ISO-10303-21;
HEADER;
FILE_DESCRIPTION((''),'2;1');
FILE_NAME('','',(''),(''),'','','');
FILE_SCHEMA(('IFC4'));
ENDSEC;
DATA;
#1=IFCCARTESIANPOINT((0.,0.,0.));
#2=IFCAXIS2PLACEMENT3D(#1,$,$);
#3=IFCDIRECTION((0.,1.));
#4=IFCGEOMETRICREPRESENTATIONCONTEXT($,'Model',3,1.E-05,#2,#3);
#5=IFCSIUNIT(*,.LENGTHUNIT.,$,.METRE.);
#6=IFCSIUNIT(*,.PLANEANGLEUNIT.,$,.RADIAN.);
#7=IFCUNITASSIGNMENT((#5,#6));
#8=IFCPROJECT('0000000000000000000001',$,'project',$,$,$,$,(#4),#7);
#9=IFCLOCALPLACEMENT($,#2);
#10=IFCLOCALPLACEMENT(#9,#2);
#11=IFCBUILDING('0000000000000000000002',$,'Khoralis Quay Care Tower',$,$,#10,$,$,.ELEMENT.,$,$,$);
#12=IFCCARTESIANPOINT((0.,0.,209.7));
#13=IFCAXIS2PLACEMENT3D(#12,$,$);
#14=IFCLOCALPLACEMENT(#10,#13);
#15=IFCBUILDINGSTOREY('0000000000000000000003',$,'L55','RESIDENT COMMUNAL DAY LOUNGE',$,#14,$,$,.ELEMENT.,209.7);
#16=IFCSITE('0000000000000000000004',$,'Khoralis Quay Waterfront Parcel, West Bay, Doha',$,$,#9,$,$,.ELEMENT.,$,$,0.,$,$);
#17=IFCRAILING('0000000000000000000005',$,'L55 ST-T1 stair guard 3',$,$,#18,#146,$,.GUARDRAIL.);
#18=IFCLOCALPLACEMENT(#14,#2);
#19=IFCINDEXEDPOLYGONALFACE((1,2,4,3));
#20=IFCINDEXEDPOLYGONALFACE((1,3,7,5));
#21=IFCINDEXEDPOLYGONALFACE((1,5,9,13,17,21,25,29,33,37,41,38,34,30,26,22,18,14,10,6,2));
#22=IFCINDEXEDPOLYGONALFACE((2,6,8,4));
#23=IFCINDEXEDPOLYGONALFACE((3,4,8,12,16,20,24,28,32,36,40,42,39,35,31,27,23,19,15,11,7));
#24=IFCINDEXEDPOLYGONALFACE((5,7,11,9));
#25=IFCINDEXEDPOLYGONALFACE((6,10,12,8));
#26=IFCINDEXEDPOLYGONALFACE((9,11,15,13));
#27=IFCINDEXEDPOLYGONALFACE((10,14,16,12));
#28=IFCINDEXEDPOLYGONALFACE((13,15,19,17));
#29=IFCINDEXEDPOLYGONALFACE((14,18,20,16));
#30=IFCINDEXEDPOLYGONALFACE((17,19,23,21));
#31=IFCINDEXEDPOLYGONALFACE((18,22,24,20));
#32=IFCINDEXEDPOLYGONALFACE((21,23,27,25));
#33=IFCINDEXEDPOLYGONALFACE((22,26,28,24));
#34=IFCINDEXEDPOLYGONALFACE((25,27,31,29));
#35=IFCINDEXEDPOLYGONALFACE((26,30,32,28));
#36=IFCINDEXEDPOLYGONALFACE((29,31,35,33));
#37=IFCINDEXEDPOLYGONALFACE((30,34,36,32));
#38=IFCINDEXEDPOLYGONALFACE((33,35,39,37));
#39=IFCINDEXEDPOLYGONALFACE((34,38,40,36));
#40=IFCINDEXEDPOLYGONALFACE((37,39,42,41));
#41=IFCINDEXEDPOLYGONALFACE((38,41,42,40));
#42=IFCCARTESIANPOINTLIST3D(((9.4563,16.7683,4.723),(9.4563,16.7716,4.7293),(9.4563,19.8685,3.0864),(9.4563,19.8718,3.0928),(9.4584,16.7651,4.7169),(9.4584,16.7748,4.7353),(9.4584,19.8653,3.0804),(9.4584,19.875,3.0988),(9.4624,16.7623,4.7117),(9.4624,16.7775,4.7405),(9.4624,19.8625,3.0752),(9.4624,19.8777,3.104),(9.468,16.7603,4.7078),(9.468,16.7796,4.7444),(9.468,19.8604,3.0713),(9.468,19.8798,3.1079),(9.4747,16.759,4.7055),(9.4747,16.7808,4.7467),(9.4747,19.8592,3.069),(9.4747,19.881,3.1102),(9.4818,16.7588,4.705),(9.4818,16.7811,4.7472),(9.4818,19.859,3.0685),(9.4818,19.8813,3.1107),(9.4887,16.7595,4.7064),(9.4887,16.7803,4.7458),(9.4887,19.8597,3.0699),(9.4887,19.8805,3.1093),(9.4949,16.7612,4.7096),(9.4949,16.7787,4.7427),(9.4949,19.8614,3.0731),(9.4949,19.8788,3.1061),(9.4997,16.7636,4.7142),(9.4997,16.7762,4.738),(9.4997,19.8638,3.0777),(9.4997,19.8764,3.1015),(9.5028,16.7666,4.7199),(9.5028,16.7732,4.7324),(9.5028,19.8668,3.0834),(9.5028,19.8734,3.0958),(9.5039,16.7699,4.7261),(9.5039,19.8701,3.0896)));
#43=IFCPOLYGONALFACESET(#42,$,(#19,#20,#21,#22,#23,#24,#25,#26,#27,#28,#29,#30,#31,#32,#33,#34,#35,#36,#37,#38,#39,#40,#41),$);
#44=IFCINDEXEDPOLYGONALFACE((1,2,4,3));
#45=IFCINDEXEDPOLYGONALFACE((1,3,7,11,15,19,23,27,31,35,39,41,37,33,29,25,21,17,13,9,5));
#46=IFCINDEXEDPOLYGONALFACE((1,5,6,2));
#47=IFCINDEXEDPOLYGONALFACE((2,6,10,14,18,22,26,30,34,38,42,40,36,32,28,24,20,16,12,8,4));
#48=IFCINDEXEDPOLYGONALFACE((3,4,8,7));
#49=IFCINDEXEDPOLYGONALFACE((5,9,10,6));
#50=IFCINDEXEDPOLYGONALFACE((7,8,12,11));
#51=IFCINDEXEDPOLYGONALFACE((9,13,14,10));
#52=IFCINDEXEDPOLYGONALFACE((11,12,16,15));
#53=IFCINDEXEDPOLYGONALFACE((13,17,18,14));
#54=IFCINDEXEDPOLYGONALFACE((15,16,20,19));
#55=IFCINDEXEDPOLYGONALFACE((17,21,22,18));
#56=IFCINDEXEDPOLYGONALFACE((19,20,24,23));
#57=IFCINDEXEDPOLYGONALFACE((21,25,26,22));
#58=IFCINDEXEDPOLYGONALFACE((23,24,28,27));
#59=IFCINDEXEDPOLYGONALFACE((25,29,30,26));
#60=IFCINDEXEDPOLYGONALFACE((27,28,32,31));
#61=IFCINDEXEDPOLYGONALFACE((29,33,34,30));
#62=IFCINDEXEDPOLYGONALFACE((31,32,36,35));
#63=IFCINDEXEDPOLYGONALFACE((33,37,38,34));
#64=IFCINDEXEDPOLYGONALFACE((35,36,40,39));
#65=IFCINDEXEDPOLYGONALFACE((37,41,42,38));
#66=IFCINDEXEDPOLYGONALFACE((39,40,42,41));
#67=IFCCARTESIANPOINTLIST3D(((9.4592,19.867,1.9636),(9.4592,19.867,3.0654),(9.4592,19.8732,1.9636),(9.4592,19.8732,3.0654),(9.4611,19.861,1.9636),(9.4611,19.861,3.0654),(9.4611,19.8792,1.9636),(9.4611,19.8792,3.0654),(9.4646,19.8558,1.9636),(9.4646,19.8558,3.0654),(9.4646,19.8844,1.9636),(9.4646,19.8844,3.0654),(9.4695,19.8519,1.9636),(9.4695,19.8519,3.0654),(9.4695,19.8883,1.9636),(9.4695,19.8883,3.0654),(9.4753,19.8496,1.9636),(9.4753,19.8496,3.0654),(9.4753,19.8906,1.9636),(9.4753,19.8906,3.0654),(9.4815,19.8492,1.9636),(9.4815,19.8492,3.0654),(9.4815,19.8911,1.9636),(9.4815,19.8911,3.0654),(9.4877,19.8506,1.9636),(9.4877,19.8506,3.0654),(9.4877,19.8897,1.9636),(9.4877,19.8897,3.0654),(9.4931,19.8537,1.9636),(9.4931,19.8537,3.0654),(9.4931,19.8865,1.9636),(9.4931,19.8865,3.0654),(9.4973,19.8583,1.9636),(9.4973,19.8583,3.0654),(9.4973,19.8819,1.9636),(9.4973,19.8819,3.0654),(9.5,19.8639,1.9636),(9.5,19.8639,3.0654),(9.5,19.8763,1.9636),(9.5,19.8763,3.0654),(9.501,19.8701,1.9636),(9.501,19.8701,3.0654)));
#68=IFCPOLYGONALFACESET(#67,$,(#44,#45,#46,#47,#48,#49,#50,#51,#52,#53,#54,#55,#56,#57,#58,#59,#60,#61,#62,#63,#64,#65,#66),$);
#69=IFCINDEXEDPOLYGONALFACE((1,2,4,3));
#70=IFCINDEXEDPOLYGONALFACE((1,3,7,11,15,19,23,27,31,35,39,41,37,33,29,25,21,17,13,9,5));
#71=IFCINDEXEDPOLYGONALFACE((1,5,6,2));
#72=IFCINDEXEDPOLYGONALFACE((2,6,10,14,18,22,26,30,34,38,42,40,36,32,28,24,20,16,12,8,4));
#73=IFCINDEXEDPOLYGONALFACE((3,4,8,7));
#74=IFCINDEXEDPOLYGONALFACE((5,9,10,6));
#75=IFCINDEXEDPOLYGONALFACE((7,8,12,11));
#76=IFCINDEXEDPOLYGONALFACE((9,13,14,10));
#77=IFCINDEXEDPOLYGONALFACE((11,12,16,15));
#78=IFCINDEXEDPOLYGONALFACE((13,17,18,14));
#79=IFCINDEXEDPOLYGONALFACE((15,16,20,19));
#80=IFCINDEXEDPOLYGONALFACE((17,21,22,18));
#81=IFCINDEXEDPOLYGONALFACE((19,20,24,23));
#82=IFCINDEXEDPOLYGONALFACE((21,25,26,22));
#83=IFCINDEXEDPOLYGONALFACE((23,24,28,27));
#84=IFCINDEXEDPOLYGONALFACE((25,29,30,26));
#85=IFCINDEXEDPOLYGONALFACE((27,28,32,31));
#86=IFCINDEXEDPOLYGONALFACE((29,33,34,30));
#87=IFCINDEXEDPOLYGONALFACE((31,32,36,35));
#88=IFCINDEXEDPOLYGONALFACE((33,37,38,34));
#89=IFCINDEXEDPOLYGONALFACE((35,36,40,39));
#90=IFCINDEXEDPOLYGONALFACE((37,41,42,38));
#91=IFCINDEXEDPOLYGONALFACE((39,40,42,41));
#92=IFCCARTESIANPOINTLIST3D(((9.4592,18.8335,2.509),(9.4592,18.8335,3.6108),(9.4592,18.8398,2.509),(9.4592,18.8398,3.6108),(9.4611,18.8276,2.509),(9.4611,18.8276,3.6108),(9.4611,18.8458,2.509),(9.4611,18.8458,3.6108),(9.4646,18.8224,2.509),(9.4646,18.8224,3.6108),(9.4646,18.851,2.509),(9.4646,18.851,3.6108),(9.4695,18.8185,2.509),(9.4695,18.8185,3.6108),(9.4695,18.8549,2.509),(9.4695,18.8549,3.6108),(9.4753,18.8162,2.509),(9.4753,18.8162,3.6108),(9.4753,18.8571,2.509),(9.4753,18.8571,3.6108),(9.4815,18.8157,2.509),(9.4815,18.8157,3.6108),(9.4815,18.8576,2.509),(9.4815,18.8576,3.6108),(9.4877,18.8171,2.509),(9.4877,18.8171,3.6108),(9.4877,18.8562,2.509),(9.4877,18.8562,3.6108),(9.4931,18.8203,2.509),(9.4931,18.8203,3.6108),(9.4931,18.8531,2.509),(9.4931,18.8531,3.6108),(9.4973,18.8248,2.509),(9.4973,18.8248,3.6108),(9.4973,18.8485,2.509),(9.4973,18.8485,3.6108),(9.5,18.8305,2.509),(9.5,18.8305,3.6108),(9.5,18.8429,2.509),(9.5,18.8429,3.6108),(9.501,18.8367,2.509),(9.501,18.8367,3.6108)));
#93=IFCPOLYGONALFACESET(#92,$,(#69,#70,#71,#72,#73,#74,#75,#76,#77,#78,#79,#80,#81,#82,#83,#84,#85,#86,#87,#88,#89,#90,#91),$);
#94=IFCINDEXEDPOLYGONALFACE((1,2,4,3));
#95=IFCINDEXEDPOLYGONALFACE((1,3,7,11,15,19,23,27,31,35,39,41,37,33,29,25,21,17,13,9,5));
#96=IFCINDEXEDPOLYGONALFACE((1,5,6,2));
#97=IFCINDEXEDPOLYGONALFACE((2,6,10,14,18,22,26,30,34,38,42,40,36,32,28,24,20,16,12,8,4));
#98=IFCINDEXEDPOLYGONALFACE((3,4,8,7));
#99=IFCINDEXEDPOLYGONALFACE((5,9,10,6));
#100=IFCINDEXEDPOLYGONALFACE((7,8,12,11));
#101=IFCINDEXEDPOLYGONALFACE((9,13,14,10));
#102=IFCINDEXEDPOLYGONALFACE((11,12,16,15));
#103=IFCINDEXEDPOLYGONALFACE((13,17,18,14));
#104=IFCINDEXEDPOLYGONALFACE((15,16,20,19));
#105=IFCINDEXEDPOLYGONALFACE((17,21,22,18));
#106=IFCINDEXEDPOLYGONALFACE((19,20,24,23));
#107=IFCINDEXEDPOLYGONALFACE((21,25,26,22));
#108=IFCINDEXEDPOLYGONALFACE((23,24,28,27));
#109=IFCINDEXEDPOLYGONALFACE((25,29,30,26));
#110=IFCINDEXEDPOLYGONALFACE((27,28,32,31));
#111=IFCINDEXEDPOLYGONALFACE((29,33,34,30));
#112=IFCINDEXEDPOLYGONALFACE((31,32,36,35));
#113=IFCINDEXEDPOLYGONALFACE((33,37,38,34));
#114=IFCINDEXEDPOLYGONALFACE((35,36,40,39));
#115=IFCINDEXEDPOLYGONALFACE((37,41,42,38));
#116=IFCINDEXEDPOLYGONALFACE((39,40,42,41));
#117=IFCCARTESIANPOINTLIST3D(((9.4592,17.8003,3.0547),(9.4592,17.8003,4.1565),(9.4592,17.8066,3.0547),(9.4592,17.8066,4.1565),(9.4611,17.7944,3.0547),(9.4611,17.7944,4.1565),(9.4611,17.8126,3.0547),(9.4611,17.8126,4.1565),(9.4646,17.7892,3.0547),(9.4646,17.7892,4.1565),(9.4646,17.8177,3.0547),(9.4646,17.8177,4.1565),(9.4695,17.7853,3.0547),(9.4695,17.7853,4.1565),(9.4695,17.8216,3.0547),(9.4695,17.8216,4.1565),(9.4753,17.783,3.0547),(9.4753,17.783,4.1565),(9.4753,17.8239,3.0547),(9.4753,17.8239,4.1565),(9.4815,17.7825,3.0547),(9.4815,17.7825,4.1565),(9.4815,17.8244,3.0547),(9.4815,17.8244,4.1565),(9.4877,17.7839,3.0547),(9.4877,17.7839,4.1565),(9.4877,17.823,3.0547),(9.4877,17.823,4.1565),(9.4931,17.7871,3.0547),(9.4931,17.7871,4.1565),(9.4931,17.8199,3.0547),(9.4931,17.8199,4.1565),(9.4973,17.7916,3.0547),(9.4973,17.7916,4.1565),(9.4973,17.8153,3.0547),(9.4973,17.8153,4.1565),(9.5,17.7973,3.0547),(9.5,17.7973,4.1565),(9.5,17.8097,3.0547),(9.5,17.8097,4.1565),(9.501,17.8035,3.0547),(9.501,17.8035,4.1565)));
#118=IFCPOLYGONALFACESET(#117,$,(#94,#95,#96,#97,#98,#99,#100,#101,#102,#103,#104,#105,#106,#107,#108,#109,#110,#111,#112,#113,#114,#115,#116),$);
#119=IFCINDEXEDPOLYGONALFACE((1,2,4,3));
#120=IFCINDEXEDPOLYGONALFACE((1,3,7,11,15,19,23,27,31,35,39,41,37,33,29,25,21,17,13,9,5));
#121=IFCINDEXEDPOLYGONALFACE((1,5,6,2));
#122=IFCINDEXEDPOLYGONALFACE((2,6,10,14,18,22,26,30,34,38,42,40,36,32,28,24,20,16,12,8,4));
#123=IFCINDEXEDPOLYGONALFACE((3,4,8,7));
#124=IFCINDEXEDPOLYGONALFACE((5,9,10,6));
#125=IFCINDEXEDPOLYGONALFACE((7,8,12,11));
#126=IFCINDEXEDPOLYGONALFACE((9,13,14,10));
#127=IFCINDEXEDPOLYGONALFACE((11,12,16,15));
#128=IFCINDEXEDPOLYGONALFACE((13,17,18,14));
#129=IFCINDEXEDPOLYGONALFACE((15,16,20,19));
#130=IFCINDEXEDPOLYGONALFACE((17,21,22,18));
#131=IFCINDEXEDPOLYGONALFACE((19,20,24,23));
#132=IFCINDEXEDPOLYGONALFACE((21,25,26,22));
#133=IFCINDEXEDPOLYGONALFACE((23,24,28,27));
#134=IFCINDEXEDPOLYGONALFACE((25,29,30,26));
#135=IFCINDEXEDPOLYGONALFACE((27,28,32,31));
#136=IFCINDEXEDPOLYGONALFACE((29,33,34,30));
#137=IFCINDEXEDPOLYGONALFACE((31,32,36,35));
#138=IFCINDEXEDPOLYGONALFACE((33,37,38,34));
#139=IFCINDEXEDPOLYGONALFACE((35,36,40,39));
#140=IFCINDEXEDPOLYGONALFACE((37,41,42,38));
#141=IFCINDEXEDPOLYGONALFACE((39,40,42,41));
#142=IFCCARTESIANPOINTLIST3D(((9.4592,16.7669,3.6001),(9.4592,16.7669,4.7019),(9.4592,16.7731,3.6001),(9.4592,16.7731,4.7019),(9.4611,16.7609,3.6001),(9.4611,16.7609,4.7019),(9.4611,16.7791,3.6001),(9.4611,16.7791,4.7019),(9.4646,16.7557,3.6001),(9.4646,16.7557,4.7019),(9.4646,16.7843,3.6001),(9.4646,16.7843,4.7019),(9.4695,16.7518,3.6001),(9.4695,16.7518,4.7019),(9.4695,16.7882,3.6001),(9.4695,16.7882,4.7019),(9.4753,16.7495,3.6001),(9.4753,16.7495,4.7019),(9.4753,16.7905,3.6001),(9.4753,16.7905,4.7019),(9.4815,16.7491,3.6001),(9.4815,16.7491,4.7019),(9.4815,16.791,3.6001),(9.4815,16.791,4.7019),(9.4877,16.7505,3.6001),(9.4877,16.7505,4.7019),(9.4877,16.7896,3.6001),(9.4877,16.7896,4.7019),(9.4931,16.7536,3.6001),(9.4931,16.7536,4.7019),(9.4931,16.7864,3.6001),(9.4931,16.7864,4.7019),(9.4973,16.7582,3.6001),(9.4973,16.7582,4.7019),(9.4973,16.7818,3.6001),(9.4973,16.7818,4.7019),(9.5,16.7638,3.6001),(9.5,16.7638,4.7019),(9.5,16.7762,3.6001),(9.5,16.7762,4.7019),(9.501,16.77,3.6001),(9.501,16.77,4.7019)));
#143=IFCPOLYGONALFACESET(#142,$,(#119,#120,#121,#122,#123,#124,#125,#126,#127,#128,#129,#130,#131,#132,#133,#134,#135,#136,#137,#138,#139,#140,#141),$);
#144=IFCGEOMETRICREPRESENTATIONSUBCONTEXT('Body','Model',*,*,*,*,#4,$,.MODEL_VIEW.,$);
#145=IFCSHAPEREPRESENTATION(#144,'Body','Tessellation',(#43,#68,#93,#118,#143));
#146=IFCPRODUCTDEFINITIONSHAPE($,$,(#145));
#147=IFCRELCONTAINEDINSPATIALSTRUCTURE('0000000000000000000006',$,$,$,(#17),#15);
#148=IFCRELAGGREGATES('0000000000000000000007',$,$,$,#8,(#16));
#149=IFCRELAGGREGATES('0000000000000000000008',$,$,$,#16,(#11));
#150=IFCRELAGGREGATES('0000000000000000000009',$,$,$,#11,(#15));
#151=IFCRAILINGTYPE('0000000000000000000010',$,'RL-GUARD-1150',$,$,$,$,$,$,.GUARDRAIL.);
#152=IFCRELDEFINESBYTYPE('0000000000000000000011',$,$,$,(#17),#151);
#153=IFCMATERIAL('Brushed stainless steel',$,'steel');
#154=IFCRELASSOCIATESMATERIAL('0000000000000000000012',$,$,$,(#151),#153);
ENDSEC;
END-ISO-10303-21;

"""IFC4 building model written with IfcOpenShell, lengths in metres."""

from ifc_helpers import new_model, si_unit, direction, frame, origin, origin_2d, place, context, subcontext, project, spatial, circle, extrude, material, type_object, element, save


model = new_model("IFC4")

# Units and contexts
model_context = context("Model", 3, precision=1e-05, world=origin(), true_north=direction((0.0, 1.0)))
body_context = subcontext(model_context, "Body", "Model", "MODEL_VIEW")
ifc_project = project(units=[si_unit("LENGTHUNIT", "METRE"), si_unit("PLANEANGLEUNIT", "RADIAN")], contexts=[model_context])

# Site, building, storey
site_placement = place(None, origin())
site = spatial("IfcSite", under=ifc_project, at=site_placement, Name="Khoralis Quay Waterfront Parcel, West Bay, Doha", CompositionType="ELEMENT", RefElevation=0.0)
building_placement = place(site_placement, origin())
building = spatial("IfcBuilding", under=site, at=building_placement, Name="Khoralis Quay Care Tower", CompositionType="ELEMENT")
storey_placement = place(building_placement, frame((0.0, 0.0, 209.7)))
storey = spatial("IfcBuildingStorey", under=building, at=storey_placement, Name="L55", Description="RESIDENT COMMUNAL DAY LOUNGE", CompositionType="ELEMENT", Elevation=209.7)

# Shared definitions
ifc_material_1 = material(Name="Brushed stainless steel", Category="steel")

# Railing
railing_type_1 = type_object("IfcRailingType", Name="RL-GUARD-1150", PredefinedType="GUARDRAIL", material=ifc_material_1)
railing_1_placement = place(storey_placement, frame((9.48, 19.8701, 1.9636)))
element("IfcRailing", 1, at=railing_1_placement, inside=storey, type_object=railing_type_1, Name="L55 ST-T1 stair guard 3", PredefinedType="GUARDRAIL", context=body_context, shape_type="SweptSolid", body=[
    extrude(circle(Radius=0.0239, at=origin_2d()), frame((0.0, 0.0, 1.126), z_axis=(0.0, -0.884348, 0.466828), x_axis=(1.0, 0.0, 0.0)), (0.0, 0.0, 1.0), 3.5056),
    extrude(circle(Radius=0.021, at=origin_2d()), origin(), (0.0, 0.0, 1.0), 1.1018),
    extrude(circle(Radius=0.021, at=origin_2d()), frame((0.0, -1.0334, 0.5454)), (0.0, 0.0, 1.0), 1.1018),
    extrude(circle(Radius=0.021, at=origin_2d()), frame((0.0, -2.0667, 1.0911)), (0.0, 0.0, 1.0), 1.1018),
    extrude(circle(Radius=0.021, at=origin_2d()), frame((0.0, -3.1001, 1.6365)), (0.0, 0.0, 1.0), 1.1018),
])

save(model, "model.ifc")
